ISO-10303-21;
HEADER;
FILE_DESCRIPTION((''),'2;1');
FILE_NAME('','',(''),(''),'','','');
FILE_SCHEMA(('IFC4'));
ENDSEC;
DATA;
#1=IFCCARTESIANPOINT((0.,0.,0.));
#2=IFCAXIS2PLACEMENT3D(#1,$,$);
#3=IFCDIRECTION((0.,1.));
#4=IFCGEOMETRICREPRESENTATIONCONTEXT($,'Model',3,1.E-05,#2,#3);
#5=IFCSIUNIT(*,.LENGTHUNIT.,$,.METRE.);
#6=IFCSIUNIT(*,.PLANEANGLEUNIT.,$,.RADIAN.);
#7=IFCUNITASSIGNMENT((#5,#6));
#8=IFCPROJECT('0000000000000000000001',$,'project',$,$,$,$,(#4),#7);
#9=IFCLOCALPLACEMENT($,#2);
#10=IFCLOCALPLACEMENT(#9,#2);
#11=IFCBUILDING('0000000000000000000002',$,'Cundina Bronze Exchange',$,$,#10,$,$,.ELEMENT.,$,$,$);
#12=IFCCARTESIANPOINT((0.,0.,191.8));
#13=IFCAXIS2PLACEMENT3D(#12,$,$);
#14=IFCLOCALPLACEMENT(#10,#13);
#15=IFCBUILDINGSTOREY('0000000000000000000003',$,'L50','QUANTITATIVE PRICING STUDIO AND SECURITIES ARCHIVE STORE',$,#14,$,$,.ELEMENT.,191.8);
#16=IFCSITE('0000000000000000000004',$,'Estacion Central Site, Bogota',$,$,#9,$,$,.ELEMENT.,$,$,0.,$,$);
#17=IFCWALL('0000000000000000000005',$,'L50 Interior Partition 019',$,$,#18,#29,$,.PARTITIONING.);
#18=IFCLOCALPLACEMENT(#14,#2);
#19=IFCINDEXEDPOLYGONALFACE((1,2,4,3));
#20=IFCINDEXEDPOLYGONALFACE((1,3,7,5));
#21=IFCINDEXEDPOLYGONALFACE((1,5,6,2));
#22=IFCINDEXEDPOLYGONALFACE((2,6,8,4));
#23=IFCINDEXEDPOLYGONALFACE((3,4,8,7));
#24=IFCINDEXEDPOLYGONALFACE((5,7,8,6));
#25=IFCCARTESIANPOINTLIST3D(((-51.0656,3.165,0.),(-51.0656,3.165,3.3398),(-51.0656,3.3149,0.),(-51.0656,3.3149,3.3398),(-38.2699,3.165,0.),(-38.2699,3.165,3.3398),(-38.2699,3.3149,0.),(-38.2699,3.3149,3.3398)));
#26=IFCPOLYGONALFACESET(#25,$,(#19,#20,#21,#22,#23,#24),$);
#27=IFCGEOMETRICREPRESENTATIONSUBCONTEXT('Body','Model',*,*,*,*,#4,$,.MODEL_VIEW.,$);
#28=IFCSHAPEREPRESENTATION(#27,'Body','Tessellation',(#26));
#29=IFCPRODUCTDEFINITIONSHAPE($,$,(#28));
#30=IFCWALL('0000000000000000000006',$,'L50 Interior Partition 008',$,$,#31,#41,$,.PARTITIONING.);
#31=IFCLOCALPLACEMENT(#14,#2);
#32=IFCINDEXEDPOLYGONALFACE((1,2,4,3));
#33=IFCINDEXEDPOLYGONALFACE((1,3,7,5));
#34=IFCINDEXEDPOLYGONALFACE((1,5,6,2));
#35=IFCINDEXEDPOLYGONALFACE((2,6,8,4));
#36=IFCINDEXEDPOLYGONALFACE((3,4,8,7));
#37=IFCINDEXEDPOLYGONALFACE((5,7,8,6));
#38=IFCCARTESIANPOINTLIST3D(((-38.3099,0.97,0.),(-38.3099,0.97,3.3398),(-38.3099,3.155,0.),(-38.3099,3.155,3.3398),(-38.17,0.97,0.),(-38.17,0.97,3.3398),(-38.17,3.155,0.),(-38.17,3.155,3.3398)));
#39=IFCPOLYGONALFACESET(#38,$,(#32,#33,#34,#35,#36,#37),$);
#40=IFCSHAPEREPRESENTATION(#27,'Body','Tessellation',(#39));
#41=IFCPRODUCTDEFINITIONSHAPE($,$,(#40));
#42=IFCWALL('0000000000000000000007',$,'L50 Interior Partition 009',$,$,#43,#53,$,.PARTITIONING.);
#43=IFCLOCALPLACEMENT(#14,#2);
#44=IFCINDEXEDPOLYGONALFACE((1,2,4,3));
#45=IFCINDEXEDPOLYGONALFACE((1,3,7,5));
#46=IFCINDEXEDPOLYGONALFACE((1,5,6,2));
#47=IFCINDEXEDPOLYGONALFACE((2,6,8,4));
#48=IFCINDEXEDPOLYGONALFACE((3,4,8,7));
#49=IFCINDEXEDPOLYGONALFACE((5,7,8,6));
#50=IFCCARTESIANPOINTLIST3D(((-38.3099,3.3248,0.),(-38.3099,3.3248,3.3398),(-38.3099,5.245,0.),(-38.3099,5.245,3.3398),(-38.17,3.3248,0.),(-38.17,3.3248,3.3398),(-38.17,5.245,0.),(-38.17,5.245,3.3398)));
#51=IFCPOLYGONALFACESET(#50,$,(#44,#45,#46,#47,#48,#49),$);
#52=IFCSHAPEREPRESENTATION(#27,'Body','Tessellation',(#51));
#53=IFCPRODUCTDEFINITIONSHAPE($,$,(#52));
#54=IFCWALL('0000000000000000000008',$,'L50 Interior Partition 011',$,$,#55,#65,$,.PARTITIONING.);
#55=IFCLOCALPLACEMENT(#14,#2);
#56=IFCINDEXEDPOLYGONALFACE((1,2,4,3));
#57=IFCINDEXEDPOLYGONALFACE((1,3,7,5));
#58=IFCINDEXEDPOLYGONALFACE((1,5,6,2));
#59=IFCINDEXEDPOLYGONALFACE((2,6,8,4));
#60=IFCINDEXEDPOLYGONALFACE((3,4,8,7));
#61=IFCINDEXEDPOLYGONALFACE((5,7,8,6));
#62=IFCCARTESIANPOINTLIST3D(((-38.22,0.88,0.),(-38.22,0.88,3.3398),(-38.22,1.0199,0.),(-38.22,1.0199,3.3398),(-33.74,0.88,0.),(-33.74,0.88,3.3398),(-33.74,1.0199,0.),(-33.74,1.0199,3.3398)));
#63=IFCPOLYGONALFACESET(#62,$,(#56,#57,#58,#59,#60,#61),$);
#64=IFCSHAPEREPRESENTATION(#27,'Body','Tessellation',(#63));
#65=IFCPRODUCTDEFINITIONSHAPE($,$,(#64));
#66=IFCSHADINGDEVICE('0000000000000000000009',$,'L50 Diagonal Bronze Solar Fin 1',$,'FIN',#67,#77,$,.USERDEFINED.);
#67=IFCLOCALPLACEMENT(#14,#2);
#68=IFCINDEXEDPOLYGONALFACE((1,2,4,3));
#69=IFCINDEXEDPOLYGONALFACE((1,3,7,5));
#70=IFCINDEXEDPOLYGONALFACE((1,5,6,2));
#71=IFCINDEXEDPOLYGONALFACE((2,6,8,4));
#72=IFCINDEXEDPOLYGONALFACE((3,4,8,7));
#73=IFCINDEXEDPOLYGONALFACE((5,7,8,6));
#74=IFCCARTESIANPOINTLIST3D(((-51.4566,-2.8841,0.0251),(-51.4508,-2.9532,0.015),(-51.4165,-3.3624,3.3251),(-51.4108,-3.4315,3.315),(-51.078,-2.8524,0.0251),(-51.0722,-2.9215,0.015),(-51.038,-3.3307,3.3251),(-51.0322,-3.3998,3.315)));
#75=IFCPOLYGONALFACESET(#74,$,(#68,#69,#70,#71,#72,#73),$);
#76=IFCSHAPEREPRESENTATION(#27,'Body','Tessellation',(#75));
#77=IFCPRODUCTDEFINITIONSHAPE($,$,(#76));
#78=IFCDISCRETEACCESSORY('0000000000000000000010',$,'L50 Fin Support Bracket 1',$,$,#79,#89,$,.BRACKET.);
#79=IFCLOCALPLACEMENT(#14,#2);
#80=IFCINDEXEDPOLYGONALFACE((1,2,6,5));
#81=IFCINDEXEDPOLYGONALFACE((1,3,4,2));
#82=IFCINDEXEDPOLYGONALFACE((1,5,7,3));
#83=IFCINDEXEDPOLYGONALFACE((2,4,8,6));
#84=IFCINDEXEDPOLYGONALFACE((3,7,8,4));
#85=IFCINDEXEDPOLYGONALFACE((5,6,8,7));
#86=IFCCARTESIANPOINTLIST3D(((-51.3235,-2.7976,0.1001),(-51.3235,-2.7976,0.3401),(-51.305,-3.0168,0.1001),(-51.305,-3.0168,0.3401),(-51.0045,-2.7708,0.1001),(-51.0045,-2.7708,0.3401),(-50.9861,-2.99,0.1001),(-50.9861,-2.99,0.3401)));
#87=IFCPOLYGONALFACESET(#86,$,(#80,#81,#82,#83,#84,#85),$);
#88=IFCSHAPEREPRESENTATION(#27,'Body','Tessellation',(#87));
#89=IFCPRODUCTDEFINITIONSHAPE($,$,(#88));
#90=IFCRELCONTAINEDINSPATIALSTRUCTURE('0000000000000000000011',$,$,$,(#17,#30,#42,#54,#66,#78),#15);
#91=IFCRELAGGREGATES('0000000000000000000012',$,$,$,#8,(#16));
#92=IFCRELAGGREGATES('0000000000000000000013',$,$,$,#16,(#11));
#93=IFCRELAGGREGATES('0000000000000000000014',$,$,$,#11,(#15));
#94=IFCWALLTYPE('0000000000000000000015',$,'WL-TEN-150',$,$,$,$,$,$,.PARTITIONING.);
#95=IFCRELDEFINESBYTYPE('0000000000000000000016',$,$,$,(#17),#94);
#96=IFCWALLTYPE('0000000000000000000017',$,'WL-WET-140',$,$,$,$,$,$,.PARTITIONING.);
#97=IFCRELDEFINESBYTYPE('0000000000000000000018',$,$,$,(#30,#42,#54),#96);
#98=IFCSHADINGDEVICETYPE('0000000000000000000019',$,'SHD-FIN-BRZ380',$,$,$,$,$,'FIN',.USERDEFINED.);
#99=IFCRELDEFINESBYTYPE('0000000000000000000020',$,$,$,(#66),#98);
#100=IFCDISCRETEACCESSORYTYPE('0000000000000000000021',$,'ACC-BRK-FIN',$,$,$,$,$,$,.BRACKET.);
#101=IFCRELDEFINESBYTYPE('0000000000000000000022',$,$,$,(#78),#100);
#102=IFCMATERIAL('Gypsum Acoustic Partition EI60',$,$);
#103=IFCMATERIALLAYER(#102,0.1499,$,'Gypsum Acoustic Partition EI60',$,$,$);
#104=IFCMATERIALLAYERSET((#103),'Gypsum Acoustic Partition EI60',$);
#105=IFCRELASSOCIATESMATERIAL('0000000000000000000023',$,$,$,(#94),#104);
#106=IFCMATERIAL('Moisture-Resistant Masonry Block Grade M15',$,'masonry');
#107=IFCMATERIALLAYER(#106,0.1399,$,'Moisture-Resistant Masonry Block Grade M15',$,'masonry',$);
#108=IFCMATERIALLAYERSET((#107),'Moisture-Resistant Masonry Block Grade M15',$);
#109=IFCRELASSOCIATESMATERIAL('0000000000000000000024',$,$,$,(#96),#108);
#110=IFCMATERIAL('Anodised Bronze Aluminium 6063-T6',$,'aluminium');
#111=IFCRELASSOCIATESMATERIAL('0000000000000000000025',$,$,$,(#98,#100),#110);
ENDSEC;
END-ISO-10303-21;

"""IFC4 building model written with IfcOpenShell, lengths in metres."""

from ifc_helpers import new_model, si_unit, direction, frame, frame_2d, origin, origin_2d, place, context, subcontext, project, spatial, rectangle, extrude, material, layer, layer_set, material_profile, profile_set, type_object, element, save


model = new_model("IFC4")

# Units and contexts
model_context = context("Model", 3, precision=1e-05, world=origin(), true_north=direction((0.0, 1.0)))
body_context = subcontext(model_context, "Body", "Model", "MODEL_VIEW")
ifc_project = project(units=[si_unit("LENGTHUNIT", "METRE"), si_unit("PLANEANGLEUNIT", "RADIAN")], contexts=[model_context])

# Site, building, storey
site_placement = place(None, origin())
site = spatial("IfcSite", under=ifc_project, at=site_placement, Name="Estacion Central Site, Bogota", CompositionType="ELEMENT", RefElevation=0.0)
building_placement = place(site_placement, origin())
building = spatial("IfcBuilding", under=site, at=building_placement, Name="Cundina Bronze Exchange", CompositionType="ELEMENT")
storey_placement = place(building_placement, frame((0.0, 0.0, 191.8)))
storey = spatial("IfcBuildingStorey", under=building, at=storey_placement, Name="L50", Description="QUANTITATIVE PRICING STUDIO AND SECURITIES ARCHIVE STORE", CompositionType="ELEMENT", Elevation=191.8)

# Shared definitions
ifc_material_1 = material(Name="Anodised Bronze Aluminium 6063-T6", Category="aluminium")

# Walls
ifc_material_2 = material(Name="Gypsum Acoustic Partition EI60")
ifc_layer_1 = layer(ifc_material_2, 0.1499, Name="Gypsum Acoustic Partition EI60")
ifc_layer_set_1 = layer_set([ifc_layer_1], Name="Gypsum Acoustic Partition EI60")
wall_type_1 = type_object("IfcWallType", Name="WL-TEN-150", PredefinedType="PARTITIONING", material=ifc_layer_set_1)
wall_1_placement = place(storey_placement, frame((-51.0657, 3.24, 0.0), z_axis=(0.0, 0.0, 1.0), x_axis=(1.0, 0.0, 0.0)))
element("IfcWall", 1, at=wall_1_placement, inside=storey, type_object=wall_type_1, Name="L50 Interior Partition 019", PredefinedType="PARTITIONING", context=body_context, shape_type="SweptSolid", body=[
    extrude(rectangle(XDim=12.7957, YDim=0.1499, at=frame_2d((6.3979, 0.0))), origin(), (0.0, 0.0, 1.0), 3.3398),
])
ifc_material_3 = material(Name="Moisture-Resistant Masonry Block Grade M15", Category="masonry")
ifc_layer_2 = layer(ifc_material_3, 0.1399, Name="Moisture-Resistant Masonry Block Grade M15", Category="masonry")
ifc_layer_set_2 = layer_set([ifc_layer_2], Name="Moisture-Resistant Masonry Block Grade M15")
wall_type_2 = type_object("IfcWallType", Name="WL-WET-140", PredefinedType="PARTITIONING", material=ifc_layer_set_2)
wall_2_placement = place(storey_placement, frame((-38.24, 0.97, 0.0), z_axis=(0.0, 0.0, 1.0), x_axis=(0.0, 1.0, 0.0)))
element("IfcWall", 2, at=wall_2_placement, inside=storey, type_object=wall_type_2, Name="L50 Interior Partition 008", PredefinedType="PARTITIONING", context=body_context, shape_type="SweptSolid", body=[
    extrude(rectangle(XDim=2.1851, YDim=0.1399, at=frame_2d((1.0925, 0.0))), origin(), (0.0, 0.0, 1.0), 3.3398),
])
wall_3_placement = place(storey_placement, frame((-38.24, 3.325, 0.0), z_axis=(0.0, 0.0, 1.0), x_axis=(0.0, 1.0, 0.0)))
element("IfcWall", 3, at=wall_3_placement, inside=storey, type_object=wall_type_2, Name="L50 Interior Partition 009", PredefinedType="PARTITIONING", context=body_context, shape_type="SweptSolid", body=[
    extrude(rectangle(XDim=1.9202, YDim=0.1399, at=frame_2d((0.96, 0.0))), origin(), (0.0, 0.0, 1.0), 3.3398),
])
wall_4_placement = place(storey_placement, frame((-38.22, 0.95, 0.0), z_axis=(0.0, 0.0, 1.0), x_axis=(1.0, 0.0, 0.0)))
element("IfcWall", 4, at=wall_4_placement, inside=storey, type_object=wall_type_2, Name="L50 Interior Partition 011", PredefinedType="PARTITIONING", context=body_context, shape_type="SweptSolid", body=[
    extrude(rectangle(XDim=4.48, YDim=0.1399, at=frame_2d((2.24, 0.0))), origin(), (0.0, 0.0, 1.0), 3.3398),
])

# Shading device
ifc_material_profile_1 = material_profile(ifc_material_1, rectangle(XDim=0.0701, YDim=0.3799, at=origin_2d()), Name="FIN70X380", Category="aluminium")
ifc_profile_set_1 = profile_set([ifc_material_profile_1], Name="Anodised Bronze Aluminium 6063-T6")
shading_device_type = type_object("IfcShadingDeviceType", Name="SHD-FIN-BRZ380", ElementType="FIN", PredefinedType="USERDEFINED", material=ifc_profile_set_1)
shading_device_placement = place(storey_placement, frame((-51.2644, -2.9028, 0.02), z_axis=(0.012007, -0.14342, 0.989589), x_axis=(-0.082556, 0.98614, 0.143921)))
element("IfcShadingDevice", 5, at=shading_device_placement, inside=storey, type_object=shading_device_type, Name="L50 Diagonal Bronze Solar Fin 1", ObjectType="FIN", PredefinedType="USERDEFINED", context=body_context, shape_type="SweptSolid", body=[
    extrude(rectangle(XDim=0.0701, YDim=0.3799, at=origin_2d()), origin(), (0.0, 0.0, 1.0), 3.3347),
])

# Discrete accessory
discrete_accessory_type = type_object("IfcDiscreteAccessoryType", Name="ACC-BRK-FIN", PredefinedType="BRACKET", material=ifc_material_1)
discrete_accessory_placement = place(storey_placement, frame((-51.1548, -2.8938, 0.1001), z_axis=(0.0, 0.0, 1.0), x_axis=(0.083747, -0.996487, 0.0)))
element("IfcDiscreteAccessory", 6, at=discrete_accessory_placement, inside=storey, type_object=discrete_accessory_type, Name="L50 Fin Support Bracket 1", PredefinedType="BRACKET", context=body_context, shape_type="SweptSolid", body=[
    extrude(rectangle(XDim=0.22, YDim=0.3201, at=origin_2d()), origin(), (0.0, 0.0, 1.0), 0.24),
])

save(model, "model.ifc")
